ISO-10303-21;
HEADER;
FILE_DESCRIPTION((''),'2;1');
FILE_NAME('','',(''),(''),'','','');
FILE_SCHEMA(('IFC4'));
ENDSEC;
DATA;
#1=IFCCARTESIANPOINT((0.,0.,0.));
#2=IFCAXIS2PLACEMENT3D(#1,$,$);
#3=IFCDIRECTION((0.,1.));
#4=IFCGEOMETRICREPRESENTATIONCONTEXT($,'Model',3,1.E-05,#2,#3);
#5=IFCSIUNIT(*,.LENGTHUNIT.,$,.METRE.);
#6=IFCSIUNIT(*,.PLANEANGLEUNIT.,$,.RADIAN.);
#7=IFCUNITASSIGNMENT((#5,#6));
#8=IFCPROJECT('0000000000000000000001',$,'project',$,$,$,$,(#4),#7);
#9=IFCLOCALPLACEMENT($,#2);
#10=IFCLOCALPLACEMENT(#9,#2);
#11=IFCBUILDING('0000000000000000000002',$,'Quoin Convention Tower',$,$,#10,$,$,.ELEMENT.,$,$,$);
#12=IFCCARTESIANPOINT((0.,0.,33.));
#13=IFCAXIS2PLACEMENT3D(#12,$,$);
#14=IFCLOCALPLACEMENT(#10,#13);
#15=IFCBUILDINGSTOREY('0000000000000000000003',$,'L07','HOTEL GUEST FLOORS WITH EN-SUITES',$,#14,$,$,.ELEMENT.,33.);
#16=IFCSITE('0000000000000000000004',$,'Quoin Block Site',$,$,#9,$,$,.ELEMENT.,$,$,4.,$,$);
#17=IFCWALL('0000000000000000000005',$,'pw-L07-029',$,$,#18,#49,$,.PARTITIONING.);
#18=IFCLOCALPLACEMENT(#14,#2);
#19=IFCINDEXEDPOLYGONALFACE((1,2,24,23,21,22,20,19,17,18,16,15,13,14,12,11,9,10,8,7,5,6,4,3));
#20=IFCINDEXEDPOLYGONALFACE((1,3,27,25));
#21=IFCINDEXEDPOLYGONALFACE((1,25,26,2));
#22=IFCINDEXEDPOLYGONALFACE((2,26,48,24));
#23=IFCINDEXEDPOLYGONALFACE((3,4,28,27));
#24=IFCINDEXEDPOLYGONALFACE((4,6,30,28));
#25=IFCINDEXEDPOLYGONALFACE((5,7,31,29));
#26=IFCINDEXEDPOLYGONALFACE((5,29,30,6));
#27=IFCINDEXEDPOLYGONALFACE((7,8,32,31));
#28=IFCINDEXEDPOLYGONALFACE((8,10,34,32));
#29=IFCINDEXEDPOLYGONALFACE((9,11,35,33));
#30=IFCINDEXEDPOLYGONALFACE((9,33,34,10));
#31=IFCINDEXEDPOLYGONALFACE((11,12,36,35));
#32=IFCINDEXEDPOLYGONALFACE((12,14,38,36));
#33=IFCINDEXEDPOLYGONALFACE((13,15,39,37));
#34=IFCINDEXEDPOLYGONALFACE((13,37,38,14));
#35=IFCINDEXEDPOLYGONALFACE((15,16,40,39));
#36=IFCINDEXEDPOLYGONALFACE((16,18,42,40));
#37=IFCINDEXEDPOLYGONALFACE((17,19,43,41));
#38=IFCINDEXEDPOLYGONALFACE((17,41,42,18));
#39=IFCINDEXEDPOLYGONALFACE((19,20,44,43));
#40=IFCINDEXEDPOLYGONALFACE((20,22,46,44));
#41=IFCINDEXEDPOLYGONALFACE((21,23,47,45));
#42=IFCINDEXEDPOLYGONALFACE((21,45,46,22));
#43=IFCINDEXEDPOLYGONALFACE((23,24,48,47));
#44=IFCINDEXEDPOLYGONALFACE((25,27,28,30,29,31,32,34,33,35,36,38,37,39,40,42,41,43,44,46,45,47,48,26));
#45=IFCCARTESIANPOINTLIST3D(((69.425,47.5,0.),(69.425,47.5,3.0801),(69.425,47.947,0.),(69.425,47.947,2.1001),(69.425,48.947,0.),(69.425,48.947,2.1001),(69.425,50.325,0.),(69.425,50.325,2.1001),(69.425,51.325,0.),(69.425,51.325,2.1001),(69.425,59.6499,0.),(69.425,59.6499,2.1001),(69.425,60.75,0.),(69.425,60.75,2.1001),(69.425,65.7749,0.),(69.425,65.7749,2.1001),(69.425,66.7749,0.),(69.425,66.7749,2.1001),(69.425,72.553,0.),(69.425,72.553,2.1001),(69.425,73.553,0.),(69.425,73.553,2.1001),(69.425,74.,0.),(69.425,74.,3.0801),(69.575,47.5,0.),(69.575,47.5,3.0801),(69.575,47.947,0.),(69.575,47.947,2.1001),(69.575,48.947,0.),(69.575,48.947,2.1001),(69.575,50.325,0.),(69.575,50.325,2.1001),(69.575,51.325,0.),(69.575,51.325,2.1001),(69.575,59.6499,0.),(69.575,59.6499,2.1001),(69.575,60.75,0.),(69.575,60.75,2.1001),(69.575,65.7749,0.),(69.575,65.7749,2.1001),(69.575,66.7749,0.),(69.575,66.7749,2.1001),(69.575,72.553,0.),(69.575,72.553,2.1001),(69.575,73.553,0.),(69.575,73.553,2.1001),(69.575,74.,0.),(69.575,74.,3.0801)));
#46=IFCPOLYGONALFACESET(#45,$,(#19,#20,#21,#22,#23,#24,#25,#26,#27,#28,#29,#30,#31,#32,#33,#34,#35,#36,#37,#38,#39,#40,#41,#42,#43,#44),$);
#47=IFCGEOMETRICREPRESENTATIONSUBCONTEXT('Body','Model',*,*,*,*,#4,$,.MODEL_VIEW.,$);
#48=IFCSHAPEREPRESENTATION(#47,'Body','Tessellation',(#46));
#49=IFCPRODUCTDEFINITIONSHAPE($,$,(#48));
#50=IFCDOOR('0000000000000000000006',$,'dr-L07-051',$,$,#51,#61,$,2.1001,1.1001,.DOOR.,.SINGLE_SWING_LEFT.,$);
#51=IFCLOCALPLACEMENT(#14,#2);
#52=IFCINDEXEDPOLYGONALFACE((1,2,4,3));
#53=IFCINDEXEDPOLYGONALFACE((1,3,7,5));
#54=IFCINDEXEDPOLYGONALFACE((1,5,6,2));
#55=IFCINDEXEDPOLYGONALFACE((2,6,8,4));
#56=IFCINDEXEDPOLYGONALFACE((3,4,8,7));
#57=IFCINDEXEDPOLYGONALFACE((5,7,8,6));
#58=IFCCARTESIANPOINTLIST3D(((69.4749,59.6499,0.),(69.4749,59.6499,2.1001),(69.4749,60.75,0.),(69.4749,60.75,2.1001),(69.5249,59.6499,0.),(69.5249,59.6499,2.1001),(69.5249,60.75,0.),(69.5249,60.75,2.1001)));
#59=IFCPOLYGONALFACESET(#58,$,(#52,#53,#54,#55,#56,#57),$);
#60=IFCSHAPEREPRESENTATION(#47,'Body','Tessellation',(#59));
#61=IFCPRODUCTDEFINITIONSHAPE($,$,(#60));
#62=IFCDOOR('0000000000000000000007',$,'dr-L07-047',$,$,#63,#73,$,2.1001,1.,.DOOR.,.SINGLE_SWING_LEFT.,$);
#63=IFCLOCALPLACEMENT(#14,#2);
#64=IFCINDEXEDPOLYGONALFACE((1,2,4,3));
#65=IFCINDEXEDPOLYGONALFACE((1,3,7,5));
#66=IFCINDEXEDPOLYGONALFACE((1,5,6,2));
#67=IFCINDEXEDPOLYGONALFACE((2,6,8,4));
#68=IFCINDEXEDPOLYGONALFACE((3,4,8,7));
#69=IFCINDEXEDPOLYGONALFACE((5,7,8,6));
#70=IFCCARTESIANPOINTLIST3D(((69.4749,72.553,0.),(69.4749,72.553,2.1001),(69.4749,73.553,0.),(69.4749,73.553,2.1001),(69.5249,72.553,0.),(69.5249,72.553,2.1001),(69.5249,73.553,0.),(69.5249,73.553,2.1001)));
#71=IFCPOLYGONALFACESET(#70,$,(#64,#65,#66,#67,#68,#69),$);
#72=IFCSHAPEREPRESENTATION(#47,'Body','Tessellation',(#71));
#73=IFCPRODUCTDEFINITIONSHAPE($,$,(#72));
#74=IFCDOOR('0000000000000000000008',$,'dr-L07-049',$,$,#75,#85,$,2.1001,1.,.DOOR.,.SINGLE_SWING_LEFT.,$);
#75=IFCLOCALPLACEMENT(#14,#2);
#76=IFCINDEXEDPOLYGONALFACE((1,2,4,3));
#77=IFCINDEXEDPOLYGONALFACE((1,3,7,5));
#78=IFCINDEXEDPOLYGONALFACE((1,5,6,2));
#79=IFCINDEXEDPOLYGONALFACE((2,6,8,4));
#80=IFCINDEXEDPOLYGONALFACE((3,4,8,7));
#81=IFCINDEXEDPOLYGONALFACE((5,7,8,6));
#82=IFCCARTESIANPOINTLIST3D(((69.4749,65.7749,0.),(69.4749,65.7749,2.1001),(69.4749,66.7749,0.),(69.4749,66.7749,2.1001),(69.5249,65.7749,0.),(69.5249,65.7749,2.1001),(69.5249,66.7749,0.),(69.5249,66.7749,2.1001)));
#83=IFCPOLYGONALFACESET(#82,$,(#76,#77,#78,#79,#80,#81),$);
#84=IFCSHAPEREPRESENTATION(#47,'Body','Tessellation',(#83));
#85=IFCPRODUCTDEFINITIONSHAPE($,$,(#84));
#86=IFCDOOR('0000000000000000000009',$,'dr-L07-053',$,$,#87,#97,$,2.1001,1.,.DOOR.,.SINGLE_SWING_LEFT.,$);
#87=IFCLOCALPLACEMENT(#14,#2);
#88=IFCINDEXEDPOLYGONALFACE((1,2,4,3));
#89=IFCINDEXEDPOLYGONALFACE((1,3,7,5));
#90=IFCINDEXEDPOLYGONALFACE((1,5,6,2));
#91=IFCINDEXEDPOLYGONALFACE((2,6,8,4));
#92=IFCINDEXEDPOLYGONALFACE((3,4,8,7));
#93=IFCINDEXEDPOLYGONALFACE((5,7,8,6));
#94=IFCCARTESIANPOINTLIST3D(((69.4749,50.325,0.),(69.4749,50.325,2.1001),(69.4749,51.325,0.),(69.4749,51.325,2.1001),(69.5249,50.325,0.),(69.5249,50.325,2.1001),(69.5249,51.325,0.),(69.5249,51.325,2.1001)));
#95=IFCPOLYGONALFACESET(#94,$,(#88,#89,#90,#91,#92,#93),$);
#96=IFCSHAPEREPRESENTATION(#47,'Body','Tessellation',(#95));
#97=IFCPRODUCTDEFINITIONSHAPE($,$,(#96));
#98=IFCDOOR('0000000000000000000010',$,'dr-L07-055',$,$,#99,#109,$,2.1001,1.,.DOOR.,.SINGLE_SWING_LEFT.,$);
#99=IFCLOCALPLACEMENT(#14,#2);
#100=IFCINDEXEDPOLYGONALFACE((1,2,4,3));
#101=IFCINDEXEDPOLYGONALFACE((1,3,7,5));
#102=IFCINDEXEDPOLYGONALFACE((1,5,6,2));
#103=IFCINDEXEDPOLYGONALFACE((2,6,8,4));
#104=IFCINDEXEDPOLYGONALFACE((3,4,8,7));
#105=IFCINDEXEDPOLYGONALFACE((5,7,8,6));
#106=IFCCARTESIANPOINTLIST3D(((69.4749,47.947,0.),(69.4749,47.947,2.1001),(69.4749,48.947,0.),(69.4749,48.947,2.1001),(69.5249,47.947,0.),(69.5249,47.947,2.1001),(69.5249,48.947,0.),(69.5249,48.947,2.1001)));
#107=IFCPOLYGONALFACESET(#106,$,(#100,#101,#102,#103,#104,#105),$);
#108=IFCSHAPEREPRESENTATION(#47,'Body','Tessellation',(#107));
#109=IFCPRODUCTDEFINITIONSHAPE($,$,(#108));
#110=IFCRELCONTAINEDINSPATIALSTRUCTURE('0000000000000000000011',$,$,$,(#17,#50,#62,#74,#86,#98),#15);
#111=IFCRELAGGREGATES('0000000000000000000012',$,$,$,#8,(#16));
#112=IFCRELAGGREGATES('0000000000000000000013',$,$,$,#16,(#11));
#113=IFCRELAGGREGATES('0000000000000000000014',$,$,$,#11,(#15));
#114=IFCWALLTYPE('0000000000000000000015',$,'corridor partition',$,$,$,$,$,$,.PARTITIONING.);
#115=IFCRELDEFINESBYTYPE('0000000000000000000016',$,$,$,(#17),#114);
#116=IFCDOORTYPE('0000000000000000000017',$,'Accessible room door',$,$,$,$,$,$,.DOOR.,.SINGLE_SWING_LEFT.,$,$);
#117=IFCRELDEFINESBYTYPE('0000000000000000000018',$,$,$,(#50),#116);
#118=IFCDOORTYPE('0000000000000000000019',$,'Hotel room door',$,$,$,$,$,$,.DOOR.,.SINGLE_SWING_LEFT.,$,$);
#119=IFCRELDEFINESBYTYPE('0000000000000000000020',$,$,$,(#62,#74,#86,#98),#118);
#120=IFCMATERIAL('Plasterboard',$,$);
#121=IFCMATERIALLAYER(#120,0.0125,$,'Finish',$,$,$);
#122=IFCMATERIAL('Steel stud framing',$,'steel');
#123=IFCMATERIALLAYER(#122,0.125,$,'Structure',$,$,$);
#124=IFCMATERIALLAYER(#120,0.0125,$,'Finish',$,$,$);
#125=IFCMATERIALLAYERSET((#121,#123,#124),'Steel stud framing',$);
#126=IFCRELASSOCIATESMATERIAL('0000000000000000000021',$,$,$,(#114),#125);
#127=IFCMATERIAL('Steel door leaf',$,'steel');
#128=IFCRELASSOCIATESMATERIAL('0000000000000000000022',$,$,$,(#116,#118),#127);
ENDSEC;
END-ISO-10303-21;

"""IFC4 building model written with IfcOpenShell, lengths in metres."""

from ifc_helpers import new_model, si_unit, direction, frame, frame_2d, origin, place, context, subcontext, project, spatial, rectangle, extrude, material, layer, layer_set, type_object, element, fill, save


model = new_model("IFC4")

# Units and contexts
model_context = context("Model", 3, precision=1e-05, world=origin(), true_north=direction((0.0, 1.0)))
body_context = subcontext(model_context, "Body", "Model", "MODEL_VIEW")
ifc_project = project(units=[si_unit("LENGTHUNIT", "METRE"), si_unit("PLANEANGLEUNIT", "RADIAN")], contexts=[model_context])

# Site, building, storey
site_placement = place(None, origin())
site = spatial("IfcSite", under=ifc_project, at=site_placement, Name="Quoin Block Site", CompositionType="ELEMENT", RefElevation=4.0)
building_placement = place(site_placement, origin())
building = spatial("IfcBuilding", under=site, at=building_placement, Name="Quoin Convention Tower", CompositionType="ELEMENT")
storey_placement = place(building_placement, frame((0.0, 0.0, 33.0)))
storey = spatial("IfcBuildingStorey", under=building, at=storey_placement, Name="L07", Description="HOTEL GUEST FLOORS WITH EN-SUITES", CompositionType="ELEMENT", Elevation=33.0)

# Shared definitions
ifc_material_1 = material(Name="Steel door leaf", Category="steel")

# Wall, openings, doors
ifc_material_2 = material(Name="Plasterboard")
ifc_layer_1 = layer(ifc_material_2, 0.0125, Name="Finish")
ifc_material_3 = material(Name="Steel stud framing", Category="steel")
ifc_layer_2 = layer(ifc_material_3, 0.125, Name="Structure")
ifc_layer_3 = layer(ifc_material_2, 0.0125, Name="Finish")
ifc_layer_set_1 = layer_set([ifc_layer_1, ifc_layer_2, ifc_layer_3], Name="Steel stud framing")
wall_type_1 = type_object("IfcWallType", Name="corridor partition", PredefinedType="PARTITIONING", material=ifc_layer_set_1)
wall_1_placement = place(storey_placement, frame((69.5, 47.5, 0.0), z_axis=(0.0, 0.0, 1.0), x_axis=(0.0, 1.0, 0.0)))
wall_1 = element("IfcWall", 1, at=wall_1_placement, inside=storey, type_object=wall_type_1, Name="pw-L07-029", PredefinedType="PARTITIONING", context=body_context, shape_type="SweptSolid", body=[
    extrude(rectangle(XDim=26.5, YDim=0.1499, at=frame_2d((13.25, 0.0))), origin(), (0.0, 0.0, 1.0), 3.0801),
])
opening_1_placement = place(wall_1_placement, frame((25.053, 0.0, 0.0)))
opening_1 = element("IfcOpeningElement", 2, at=opening_1_placement, cuts=wall_1, PredefinedType="OPENING", context=body_context, shape_type="SweptSolid", body=[
    extrude(rectangle(XDim=1.0, YDim=2.1001, at=frame_2d((0.5, 1.05))), frame((0.0, 0.085, 0.0), z_axis=(0.0, -1.0, 0.0), x_axis=(1.0, 0.0, 0.0)), (0.0, 0.0, 1.0), 0.1699),
])
opening_2_placement = place(wall_1_placement, frame((18.2749, 0.0, 0.0)))
opening_2 = element("IfcOpeningElement", 3, at=opening_2_placement, cuts=wall_1, PredefinedType="OPENING", context=body_context, shape_type="SweptSolid", body=[
    extrude(rectangle(XDim=1.0, YDim=2.1001, at=frame_2d((0.5, 1.05))), frame((0.0, 0.085, 0.0), z_axis=(0.0, -1.0, 0.0), x_axis=(1.0, 0.0, 0.0)), (0.0, 0.0, 1.0), 0.1699),
])
opening_3_placement = place(wall_1_placement, frame((12.1499, 0.0, 0.0)))
opening_3 = element("IfcOpeningElement", 4, at=opening_3_placement, cuts=wall_1, PredefinedType="OPENING", context=body_context, shape_type="SweptSolid", body=[
    extrude(rectangle(XDim=1.1001, YDim=2.1001, at=frame_2d((0.55, 1.05))), frame((0.0, 0.085, 0.0), z_axis=(0.0, -1.0, 0.0), x_axis=(1.0, 0.0, 0.0)), (0.0, 0.0, 1.0), 0.1699),
])
opening_4_placement = place(wall_1_placement, frame((2.825, 0.0, 0.0)))
opening_4 = element("IfcOpeningElement", 5, at=opening_4_placement, cuts=wall_1, PredefinedType="OPENING", context=body_context, shape_type="SweptSolid", body=[
    extrude(rectangle(XDim=1.0, YDim=2.1001, at=frame_2d((0.5, 1.05))), frame((0.0, 0.085, 0.0), z_axis=(0.0, -1.0, 0.0), x_axis=(1.0, 0.0, 0.0)), (0.0, 0.0, 1.0), 0.1699),
])
opening_5_placement = place(wall_1_placement, frame((0.447, 0.0, 0.0)))
opening_5 = element("IfcOpeningElement", 6, at=opening_5_placement, cuts=wall_1, PredefinedType="OPENING", context=body_context, shape_type="SweptSolid", body=[
    extrude(rectangle(XDim=1.0, YDim=2.1001, at=frame_2d((0.5, 1.05))), frame((0.0, 0.085, 0.0), z_axis=(0.0, -1.0, 0.0), x_axis=(1.0, 0.0, 0.0)), (0.0, 0.0, 1.0), 0.1699),
])
door_type_1 = type_object("IfcDoorType", Name="Accessible room door", OperationType="SINGLE_SWING_LEFT", PredefinedType="DOOR", material=ifc_material_1)
door_1_placement = place(opening_3_placement, frame((1.1001, 0.0, 0.0), z_axis=(0.0, 0.0, 1.0), x_axis=(-1.0, 0.0, 0.0)))
door_1 = element("IfcDoor", 7, at=door_1_placement, inside=storey, type_object=door_type_1, Name="dr-L07-051", OperationType="SINGLE_SWING_LEFT", OverallHeight=2.1001, OverallWidth=1.1001, PredefinedType="DOOR", context=body_context, shape_type="SweptSolid", body=[
    extrude(rectangle(XDim=1.1001, YDim=2.1001, at=frame_2d((0.55, 1.05))), frame((0.0, 0.0249, 0.0), z_axis=(0.0, -1.0, 0.0), x_axis=(1.0, 0.0, 0.0)), (0.0, 0.0, 1.0), 0.05),
])
fill(opening_3, door_1)
door_type_2 = type_object("IfcDoorType", Name="Hotel room door", OperationType="SINGLE_SWING_LEFT", PredefinedType="DOOR", material=ifc_material_1)
door_2_placement = place(opening_1_placement, frame((1.0, 0.0, 0.0), z_axis=(0.0, 0.0, 1.0), x_axis=(-1.0, 0.0, 0.0)))
door_2 = element("IfcDoor", 8, at=door_2_placement, inside=storey, type_object=door_type_2, Name="dr-L07-047", OperationType="SINGLE_SWING_LEFT", OverallHeight=2.1001, OverallWidth=1.0, PredefinedType="DOOR", context=body_context, shape_type="SweptSolid", body=[
    extrude(rectangle(XDim=1.0, YDim=2.1001, at=frame_2d((0.5, 1.05))), frame((0.0, 0.0249, 0.0), z_axis=(0.0, -1.0, 0.0), x_axis=(1.0, 0.0, 0.0)), (0.0, 0.0, 1.0), 0.05),
])
fill(opening_1, door_2)
door_3_placement = place(opening_2_placement, frame((1.0, 0.0, 0.0), z_axis=(0.0, 0.0, 1.0), x_axis=(-1.0, 0.0, 0.0)))
door_3 = element("IfcDoor", 9, at=door_3_placement, inside=storey, type_object=door_type_2, Name="dr-L07-049", OperationType="SINGLE_SWING_LEFT", OverallHeight=2.1001, OverallWidth=1.0, PredefinedType="DOOR", context=body_context, shape_type="SweptSolid", body=[
    extrude(rectangle(XDim=1.0, YDim=2.1001, at=frame_2d((0.5, 1.05))), frame((0.0, 0.0249, 0.0), z_axis=(0.0, -1.0, 0.0), x_axis=(1.0, 0.0, 0.0)), (0.0, 0.0, 1.0), 0.05),
])
fill(opening_2, door_3)
door_4_placement = place(opening_4_placement, frame((1.0, 0.0, 0.0), z_axis=(0.0, 0.0, 1.0), x_axis=(-1.0, 0.0, 0.0)))
door_4 = element("IfcDoor", 10, at=door_4_placement, inside=storey, type_object=door_type_2, Name="dr-L07-053", OperationType="SINGLE_SWING_LEFT", OverallHeight=2.1001, OverallWidth=1.0, PredefinedType="DOOR", context=body_context, shape_type="SweptSolid", body=[
    extrude(rectangle(XDim=1.0, YDim=2.1001, at=frame_2d((0.5, 1.05))), frame((0.0, 0.0249, 0.0), z_axis=(0.0, -1.0, 0.0), x_axis=(1.0, 0.0, 0.0)), (0.0, 0.0, 1.0), 0.05),
])
fill(opening_4, door_4)
door_5_placement = place(opening_5_placement, frame((1.0, 0.0, 0.0), z_axis=(0.0, 0.0, 1.0), x_axis=(-1.0, 0.0, 0.0)))
door_5 = element("IfcDoor", 11, at=door_5_placement, inside=storey, type_object=door_type_2, Name="dr-L07-055", OperationType="SINGLE_SWING_LEFT", OverallHeight=2.1001, OverallWidth=1.0, PredefinedType="DOOR", context=body_context, shape_type="SweptSolid", body=[
    extrude(rectangle(XDim=1.0, YDim=2.1001, at=frame_2d((0.5, 1.05))), frame((0.0, 0.0249, 0.0), z_axis=(0.0, -1.0, 0.0), x_axis=(1.0, 0.0, 0.0)), (0.0, 0.0, 1.0), 0.05),
])
fill(opening_5, door_5)

save(model, "model.ifc")
